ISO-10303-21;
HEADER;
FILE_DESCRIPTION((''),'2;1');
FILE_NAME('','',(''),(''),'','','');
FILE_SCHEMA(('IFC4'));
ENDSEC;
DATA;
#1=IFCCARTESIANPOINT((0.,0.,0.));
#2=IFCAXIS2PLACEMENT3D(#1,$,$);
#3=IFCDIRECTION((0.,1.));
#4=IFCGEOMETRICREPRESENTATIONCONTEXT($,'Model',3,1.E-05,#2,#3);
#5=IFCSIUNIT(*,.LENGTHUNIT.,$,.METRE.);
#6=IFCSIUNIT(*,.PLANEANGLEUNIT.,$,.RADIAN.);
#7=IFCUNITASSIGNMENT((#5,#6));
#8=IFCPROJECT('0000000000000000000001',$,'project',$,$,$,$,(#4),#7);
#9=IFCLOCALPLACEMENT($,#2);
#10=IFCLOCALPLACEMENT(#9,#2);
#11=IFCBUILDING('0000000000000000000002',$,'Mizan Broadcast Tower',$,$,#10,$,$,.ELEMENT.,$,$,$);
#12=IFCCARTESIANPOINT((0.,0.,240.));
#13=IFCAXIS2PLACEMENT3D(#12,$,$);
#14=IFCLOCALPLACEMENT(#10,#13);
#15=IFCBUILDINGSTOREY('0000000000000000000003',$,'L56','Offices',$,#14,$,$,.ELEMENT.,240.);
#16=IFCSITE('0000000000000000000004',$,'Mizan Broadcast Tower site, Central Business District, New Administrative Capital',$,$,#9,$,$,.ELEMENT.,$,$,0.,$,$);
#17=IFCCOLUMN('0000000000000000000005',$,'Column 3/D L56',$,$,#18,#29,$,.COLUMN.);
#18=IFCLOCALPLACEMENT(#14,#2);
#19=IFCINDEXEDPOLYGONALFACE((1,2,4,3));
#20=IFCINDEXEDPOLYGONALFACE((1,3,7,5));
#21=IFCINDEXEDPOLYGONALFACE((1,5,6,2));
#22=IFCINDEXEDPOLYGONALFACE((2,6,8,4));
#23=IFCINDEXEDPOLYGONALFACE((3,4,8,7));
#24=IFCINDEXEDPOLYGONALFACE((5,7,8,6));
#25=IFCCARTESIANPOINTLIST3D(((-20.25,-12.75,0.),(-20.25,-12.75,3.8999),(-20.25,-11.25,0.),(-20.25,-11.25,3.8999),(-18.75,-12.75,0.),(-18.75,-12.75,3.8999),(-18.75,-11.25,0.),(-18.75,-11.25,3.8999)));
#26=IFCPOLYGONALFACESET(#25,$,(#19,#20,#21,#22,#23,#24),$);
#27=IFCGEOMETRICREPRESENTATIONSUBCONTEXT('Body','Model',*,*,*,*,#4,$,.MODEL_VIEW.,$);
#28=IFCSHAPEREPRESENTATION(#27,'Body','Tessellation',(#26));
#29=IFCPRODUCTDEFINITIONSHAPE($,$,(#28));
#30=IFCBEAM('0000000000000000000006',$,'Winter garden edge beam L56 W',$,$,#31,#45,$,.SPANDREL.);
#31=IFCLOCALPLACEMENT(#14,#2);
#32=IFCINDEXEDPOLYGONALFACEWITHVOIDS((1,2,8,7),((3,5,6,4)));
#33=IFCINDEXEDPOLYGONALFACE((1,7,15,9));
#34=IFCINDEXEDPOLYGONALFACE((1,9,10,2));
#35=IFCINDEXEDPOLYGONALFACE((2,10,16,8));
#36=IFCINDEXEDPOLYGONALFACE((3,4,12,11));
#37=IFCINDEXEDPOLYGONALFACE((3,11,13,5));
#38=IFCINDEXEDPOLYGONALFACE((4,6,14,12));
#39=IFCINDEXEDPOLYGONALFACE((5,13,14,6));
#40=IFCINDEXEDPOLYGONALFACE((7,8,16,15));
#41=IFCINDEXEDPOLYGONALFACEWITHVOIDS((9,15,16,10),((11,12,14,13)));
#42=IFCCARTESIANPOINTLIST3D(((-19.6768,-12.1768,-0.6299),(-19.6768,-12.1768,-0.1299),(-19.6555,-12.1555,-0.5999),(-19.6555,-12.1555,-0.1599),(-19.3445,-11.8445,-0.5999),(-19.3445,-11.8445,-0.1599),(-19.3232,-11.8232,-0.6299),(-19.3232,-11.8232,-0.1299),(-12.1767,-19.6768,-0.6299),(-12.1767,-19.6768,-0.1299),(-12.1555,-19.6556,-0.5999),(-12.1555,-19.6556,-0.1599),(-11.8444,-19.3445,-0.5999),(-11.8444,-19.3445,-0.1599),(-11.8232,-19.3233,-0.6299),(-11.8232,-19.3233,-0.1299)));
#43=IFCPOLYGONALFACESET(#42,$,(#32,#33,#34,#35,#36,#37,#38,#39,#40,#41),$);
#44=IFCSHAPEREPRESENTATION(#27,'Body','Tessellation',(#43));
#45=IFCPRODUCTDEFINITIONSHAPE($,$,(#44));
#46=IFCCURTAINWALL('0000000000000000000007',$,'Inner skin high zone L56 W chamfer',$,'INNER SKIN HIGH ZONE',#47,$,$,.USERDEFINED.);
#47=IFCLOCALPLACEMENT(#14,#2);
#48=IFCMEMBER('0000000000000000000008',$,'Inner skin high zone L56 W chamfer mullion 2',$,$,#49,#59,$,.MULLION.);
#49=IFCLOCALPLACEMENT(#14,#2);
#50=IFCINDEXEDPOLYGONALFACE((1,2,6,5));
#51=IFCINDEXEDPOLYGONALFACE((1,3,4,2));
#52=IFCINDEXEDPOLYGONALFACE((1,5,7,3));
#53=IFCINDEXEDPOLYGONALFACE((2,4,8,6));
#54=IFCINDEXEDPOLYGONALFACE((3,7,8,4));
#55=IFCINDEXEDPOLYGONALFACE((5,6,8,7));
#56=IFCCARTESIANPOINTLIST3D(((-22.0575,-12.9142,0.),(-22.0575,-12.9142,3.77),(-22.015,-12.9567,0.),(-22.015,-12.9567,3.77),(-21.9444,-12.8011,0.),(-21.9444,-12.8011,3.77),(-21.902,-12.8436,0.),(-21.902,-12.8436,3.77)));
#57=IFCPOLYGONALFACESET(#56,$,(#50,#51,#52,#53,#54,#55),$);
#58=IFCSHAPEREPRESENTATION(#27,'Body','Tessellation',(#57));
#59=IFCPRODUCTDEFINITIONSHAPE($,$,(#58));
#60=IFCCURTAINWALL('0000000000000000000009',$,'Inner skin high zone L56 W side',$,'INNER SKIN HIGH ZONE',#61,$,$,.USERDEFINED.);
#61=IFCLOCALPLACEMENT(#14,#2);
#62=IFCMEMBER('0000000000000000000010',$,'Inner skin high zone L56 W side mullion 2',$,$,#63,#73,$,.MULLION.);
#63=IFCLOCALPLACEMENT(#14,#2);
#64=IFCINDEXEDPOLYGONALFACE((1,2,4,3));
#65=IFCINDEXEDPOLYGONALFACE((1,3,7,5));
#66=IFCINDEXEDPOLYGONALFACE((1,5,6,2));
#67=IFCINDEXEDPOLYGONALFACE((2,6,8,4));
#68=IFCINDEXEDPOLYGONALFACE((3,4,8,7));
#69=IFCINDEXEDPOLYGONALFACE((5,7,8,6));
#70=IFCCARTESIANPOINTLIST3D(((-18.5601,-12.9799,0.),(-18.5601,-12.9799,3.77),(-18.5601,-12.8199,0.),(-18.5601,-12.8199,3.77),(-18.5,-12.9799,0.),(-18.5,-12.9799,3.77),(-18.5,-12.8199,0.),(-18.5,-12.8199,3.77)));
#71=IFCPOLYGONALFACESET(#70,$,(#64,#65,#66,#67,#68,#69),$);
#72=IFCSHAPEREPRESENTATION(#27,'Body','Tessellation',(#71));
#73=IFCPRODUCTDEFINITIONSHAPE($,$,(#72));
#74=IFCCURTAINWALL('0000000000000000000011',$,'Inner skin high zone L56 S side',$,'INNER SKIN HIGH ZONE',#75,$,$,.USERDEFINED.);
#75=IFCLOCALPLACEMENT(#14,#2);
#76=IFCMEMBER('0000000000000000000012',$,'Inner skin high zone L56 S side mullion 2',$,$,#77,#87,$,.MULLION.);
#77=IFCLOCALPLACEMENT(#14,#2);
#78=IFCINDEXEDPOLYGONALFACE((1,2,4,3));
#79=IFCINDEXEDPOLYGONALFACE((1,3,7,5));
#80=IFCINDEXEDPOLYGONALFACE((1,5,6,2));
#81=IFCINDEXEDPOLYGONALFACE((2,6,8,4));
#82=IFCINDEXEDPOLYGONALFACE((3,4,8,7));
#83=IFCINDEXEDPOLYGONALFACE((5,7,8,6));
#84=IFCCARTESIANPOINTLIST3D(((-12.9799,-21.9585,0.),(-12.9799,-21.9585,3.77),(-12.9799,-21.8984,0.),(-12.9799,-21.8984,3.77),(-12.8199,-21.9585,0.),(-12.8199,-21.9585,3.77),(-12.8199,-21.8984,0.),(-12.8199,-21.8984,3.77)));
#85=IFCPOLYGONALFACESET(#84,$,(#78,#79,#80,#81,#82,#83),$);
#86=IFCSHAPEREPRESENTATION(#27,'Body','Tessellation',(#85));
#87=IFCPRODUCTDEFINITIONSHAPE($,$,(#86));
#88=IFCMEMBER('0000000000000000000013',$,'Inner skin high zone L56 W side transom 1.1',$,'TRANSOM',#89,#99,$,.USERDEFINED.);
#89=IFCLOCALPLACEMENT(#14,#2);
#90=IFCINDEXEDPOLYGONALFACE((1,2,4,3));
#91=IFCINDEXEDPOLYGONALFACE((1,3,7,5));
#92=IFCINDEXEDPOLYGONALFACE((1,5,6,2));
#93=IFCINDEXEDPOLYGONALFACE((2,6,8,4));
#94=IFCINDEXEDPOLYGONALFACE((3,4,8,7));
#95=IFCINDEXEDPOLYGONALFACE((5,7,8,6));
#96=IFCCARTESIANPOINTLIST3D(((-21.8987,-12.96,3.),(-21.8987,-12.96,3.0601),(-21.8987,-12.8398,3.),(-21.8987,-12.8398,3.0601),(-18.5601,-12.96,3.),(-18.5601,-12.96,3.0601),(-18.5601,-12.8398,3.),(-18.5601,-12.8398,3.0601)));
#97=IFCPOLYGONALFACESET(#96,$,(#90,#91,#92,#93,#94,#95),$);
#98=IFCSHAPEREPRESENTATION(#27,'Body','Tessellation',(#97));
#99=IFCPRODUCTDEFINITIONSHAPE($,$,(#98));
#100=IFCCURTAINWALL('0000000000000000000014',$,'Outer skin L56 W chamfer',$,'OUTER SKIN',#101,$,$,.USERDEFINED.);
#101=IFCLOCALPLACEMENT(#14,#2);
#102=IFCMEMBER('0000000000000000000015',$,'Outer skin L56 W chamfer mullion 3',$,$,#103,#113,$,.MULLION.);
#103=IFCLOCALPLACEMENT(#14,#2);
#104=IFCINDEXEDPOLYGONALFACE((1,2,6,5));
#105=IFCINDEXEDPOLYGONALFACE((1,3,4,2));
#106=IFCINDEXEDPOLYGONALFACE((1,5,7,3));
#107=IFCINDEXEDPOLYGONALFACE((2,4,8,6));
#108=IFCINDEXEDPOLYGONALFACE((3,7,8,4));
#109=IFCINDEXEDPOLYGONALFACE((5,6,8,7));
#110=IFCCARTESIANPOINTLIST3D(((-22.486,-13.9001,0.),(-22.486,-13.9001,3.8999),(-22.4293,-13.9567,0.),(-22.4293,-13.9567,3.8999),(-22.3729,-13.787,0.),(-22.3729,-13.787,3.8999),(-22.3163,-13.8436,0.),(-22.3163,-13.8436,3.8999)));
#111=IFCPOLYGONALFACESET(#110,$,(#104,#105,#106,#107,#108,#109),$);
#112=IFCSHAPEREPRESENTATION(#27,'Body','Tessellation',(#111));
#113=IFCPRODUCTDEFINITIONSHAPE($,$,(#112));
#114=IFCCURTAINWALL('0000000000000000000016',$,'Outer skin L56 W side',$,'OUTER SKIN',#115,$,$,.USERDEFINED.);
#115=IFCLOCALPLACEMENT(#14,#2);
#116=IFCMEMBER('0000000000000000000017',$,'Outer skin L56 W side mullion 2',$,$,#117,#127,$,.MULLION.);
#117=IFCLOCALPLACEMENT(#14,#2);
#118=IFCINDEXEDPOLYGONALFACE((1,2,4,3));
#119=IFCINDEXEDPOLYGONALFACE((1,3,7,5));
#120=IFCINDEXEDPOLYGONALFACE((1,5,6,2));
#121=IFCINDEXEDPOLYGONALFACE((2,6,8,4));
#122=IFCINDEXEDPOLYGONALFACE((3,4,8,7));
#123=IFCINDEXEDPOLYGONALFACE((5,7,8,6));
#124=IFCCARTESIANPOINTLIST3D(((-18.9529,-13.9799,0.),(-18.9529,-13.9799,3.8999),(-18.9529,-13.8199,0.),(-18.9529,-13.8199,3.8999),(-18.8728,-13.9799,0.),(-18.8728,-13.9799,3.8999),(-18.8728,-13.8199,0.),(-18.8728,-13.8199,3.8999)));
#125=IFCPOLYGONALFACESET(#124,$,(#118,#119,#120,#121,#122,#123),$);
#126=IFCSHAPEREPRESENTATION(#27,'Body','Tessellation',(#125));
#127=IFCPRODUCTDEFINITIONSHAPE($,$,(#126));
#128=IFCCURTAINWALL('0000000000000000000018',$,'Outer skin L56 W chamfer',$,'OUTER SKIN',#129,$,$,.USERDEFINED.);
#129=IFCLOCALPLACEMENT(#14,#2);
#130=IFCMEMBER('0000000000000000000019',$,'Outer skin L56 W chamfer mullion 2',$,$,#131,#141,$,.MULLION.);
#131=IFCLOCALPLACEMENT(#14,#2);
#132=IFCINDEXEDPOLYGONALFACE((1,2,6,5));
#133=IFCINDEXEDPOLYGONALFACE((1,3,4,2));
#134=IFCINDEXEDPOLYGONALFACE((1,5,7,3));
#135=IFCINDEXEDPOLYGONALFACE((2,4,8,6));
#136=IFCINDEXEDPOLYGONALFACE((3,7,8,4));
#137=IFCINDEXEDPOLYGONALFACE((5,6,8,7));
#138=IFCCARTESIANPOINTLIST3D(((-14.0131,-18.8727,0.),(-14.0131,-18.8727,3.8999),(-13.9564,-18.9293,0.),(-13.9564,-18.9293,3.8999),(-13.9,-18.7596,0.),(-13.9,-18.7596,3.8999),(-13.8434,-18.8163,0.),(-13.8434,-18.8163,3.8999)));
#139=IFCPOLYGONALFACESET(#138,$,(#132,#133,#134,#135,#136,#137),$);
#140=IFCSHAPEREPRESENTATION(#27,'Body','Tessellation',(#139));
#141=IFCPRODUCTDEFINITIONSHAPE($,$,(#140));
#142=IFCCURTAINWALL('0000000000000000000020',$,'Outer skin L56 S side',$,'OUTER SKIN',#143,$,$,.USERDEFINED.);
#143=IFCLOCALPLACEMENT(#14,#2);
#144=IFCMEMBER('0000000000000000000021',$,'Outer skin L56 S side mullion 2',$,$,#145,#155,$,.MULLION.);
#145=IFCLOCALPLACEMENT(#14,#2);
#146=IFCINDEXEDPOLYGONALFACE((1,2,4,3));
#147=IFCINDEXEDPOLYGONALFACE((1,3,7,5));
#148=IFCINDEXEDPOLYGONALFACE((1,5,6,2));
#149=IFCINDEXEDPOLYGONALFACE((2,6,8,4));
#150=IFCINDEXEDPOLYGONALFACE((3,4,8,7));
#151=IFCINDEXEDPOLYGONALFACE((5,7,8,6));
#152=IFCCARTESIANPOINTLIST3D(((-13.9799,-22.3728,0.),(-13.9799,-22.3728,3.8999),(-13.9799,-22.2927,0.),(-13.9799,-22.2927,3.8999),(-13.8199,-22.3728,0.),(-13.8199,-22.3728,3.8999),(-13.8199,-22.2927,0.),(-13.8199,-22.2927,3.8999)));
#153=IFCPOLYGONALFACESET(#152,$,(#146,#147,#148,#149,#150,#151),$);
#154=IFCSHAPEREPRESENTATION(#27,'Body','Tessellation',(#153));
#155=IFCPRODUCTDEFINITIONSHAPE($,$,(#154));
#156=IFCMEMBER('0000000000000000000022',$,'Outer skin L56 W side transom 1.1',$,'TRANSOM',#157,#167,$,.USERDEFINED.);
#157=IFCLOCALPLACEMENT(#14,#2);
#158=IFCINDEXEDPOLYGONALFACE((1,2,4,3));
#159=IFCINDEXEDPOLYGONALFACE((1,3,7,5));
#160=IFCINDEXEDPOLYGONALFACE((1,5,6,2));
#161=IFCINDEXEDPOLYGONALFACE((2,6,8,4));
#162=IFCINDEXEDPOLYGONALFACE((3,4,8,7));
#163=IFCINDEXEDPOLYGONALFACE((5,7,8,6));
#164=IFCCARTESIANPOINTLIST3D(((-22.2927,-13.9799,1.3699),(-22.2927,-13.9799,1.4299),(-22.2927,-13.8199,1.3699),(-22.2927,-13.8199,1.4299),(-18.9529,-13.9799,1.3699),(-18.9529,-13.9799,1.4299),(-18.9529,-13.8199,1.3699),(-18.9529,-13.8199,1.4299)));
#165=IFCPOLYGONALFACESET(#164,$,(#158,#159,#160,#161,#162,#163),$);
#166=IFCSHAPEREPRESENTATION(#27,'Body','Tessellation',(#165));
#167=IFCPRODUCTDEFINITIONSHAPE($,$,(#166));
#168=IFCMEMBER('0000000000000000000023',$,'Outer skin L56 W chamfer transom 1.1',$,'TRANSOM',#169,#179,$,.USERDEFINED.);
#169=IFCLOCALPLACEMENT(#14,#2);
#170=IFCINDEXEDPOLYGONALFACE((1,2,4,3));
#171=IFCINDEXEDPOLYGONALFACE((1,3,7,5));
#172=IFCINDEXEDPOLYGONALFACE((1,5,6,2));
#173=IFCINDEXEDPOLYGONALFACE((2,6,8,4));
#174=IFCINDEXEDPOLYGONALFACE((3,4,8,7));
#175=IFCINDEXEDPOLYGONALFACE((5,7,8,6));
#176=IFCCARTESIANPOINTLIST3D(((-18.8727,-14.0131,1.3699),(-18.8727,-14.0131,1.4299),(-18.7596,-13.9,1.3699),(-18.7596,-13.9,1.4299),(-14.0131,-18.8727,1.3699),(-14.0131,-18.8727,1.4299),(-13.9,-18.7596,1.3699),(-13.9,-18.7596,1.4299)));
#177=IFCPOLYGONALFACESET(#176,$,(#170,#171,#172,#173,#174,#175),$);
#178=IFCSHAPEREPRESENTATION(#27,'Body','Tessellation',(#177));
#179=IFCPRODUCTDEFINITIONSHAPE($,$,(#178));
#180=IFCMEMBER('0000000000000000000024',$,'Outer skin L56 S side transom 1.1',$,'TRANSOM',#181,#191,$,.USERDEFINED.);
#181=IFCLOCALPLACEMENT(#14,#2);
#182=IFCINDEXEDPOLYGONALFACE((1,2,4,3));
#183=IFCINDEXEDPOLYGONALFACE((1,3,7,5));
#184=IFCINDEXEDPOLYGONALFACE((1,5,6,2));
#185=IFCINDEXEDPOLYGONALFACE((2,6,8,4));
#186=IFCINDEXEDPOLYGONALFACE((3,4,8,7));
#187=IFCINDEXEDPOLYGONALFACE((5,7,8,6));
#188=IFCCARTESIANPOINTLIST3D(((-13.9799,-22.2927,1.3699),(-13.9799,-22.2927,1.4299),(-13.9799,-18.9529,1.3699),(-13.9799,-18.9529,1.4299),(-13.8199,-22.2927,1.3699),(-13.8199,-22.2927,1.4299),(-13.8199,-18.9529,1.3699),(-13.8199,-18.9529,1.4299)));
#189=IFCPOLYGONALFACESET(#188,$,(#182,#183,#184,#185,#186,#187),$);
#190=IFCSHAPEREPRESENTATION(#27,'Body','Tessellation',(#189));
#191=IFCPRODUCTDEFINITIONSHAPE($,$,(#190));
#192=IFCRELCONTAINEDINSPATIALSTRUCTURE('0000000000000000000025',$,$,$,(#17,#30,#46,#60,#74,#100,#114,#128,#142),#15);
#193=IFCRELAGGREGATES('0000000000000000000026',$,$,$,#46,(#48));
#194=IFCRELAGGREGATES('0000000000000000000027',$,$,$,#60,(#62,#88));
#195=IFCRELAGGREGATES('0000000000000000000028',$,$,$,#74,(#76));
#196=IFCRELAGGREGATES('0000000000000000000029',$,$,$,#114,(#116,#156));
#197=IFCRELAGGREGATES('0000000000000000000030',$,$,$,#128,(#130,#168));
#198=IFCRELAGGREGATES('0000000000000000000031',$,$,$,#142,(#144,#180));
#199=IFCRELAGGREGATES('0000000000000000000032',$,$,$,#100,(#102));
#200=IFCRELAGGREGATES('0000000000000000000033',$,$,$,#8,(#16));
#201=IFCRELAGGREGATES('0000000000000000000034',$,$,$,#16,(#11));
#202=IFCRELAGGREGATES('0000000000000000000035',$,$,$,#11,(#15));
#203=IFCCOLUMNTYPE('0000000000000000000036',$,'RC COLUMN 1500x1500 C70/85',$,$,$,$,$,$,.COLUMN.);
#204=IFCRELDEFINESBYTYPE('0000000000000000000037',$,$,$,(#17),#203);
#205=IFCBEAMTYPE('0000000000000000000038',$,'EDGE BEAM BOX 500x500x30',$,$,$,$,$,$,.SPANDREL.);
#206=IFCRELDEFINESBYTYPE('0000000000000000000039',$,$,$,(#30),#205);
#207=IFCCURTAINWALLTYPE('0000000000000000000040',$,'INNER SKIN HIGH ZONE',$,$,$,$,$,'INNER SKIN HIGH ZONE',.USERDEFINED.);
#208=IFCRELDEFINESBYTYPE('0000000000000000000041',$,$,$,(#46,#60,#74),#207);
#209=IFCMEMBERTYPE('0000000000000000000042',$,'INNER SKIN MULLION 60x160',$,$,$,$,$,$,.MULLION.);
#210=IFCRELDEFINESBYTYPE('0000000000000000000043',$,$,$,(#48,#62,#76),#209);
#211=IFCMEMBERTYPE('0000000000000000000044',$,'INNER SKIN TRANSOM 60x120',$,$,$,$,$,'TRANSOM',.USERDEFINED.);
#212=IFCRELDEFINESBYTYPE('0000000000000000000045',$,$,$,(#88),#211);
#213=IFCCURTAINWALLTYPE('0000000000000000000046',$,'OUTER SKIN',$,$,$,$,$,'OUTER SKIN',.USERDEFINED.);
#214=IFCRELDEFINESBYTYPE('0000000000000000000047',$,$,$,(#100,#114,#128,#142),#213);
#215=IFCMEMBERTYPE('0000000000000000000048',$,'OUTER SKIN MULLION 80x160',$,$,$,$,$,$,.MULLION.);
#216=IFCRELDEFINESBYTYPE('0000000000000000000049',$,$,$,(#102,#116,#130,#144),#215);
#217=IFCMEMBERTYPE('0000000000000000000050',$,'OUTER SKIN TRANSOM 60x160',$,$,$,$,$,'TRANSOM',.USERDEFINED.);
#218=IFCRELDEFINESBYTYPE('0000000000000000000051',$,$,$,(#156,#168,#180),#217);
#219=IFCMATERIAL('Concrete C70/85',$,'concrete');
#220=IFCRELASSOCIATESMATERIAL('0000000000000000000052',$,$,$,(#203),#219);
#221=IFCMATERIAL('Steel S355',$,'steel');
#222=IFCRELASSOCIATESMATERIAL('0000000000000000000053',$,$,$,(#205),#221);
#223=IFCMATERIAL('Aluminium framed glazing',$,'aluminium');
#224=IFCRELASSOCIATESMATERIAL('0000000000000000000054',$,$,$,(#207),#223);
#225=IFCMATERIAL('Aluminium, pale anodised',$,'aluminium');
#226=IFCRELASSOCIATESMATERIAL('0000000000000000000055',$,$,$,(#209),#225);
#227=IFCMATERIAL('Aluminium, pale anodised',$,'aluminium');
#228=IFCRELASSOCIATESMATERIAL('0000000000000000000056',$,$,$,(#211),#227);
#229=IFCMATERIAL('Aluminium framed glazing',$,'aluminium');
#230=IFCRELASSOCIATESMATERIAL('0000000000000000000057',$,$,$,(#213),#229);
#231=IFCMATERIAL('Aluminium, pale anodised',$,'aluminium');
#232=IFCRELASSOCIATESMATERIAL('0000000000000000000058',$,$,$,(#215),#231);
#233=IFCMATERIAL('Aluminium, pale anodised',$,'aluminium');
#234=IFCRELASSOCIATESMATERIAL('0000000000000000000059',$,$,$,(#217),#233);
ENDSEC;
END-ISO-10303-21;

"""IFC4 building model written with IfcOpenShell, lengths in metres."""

from ifc_helpers import new_model, si_unit, direction, frame, origin, origin_2d, place, context, subcontext, project, spatial, rectangle, hollow_rectangle, extrude, material, material_profile, profile_set, type_object, element, aggregate, save


model = new_model("IFC4")

# Units and contexts
model_context = context("Model", 3, precision=1e-05, world=origin(), true_north=direction((0.0, 1.0)))
body_context = subcontext(model_context, "Body", "Model", "MODEL_VIEW")
ifc_project = project(units=[si_unit("LENGTHUNIT", "METRE"), si_unit("PLANEANGLEUNIT", "RADIAN")], contexts=[model_context])

# Site, building, storey
site_placement = place(None, origin())
site = spatial("IfcSite", under=ifc_project, at=site_placement, Name="Mizan Broadcast Tower site, Central Business District, New Administrative Capital", CompositionType="ELEMENT", RefElevation=0.0)
building_placement = place(site_placement, origin())
building = spatial("IfcBuilding", under=site, at=building_placement, Name="Mizan Broadcast Tower", CompositionType="ELEMENT")
storey_placement = place(building_placement, frame((0.0, 0.0, 240.0)))
storey = spatial("IfcBuildingStorey", under=building, at=storey_placement, Name="L56", Description="Offices", CompositionType="ELEMENT", Elevation=240.0)

# Column
ifc_material_1 = material(Name="Concrete C70/85", Category="concrete")
ifc_material_profile_1 = material_profile(ifc_material_1, rectangle(XDim=1.5, YDim=1.5, at=origin_2d()), Name="RC 1500x1500")
ifc_profile_set_1 = profile_set([ifc_material_profile_1], Name="Concrete C70/85")
column_type = type_object("IfcColumnType", Name="RC COLUMN 1500x1500 C70/85", PredefinedType="COLUMN", material=ifc_profile_set_1)
column_placement = place(storey_placement, frame((-19.5, -12.0, 0.0), z_axis=(0.0, 0.0, 1.0), x_axis=(1.0, 0.0, 0.0)))
element("IfcColumn", 1, at=column_placement, inside=storey, type_object=column_type, Name="Column 3/D L56", PredefinedType="COLUMN", context=body_context, shape_type="SweptSolid", body=[
    extrude(rectangle(XDim=1.5, YDim=1.5, at=origin_2d()), origin(), (0.0, 0.0, 1.0), 3.8999),
])

# Beam
ifc_material_2 = material(Name="Steel S355", Category="steel")
ifc_material_profile_2 = material_profile(ifc_material_2, hollow_rectangle(XDim=0.5, YDim=0.5, WallThickness=0.03, at=origin_2d()), Name="BOX 500x500x30")
ifc_profile_set_2 = profile_set([ifc_material_profile_2], Name="Steel S355")
beam_type = type_object("IfcBeamType", Name="EDGE BEAM BOX 500x500x30", PredefinedType="SPANDREL", material=ifc_profile_set_2)
beam_placement = place(storey_placement, frame((-19.5, -12.0, -0.3799), z_axis=(0.707107, -0.707107, 0.0), x_axis=(0.707107, 0.707107, 0.0)))
element("IfcBeam", 2, at=beam_placement, inside=storey, type_object=beam_type, Name="Winter garden edge beam L56 W", PredefinedType="SPANDREL", context=body_context, shape_type="SweptSolid", body=[
    extrude(hollow_rectangle(XDim=0.5, YDim=0.5, WallThickness=0.03, at=origin_2d()), origin(), (0.0, 0.0, 1.0), 10.6067),
])

# Curtain walls, members
ifc_material_3 = material(Name="Aluminium framed glazing", Category="aluminium")
curtain_wall_type_1 = type_object("IfcCurtainWallType", Name="INNER SKIN HIGH ZONE", ElementType="INNER SKIN HIGH ZONE", PredefinedType="USERDEFINED", material=ifc_material_3)
curtain_wall_1_placement = place(storey_placement, origin())
curtain_wall_1 = element("IfcCurtainWall", 3, at=curtain_wall_1_placement, inside=storey, type_object=curtain_wall_type_1, Name="Inner skin high zone L56 W chamfer", ObjectType="INNER SKIN HIGH ZONE", PredefinedType="USERDEFINED")
ifc_material_4 = material(Name="Aluminium, pale anodised", Category="aluminium")
ifc_material_profile_3 = material_profile(ifc_material_4, rectangle(XDim=0.1599, YDim=0.0601, at=origin_2d()), Name="MULLION 160x60")
ifc_profile_set_3 = profile_set([ifc_material_profile_3], Name="Aluminium, pale anodised")
member_type_1 = type_object("IfcMemberType", Name="INNER SKIN MULLION 60x160", PredefinedType="MULLION", material=ifc_profile_set_3)
member_1_placement = place(storey_placement, frame((-21.9797, -12.8789, 0.0), z_axis=(0.0, 0.0, 1.0), x_axis=(0.707107, 0.707107, 0.0)))
member_1 = element("IfcMember", 4, at=member_1_placement, type_object=member_type_1, Name="Inner skin high zone L56 W chamfer mullion 2", PredefinedType="MULLION", context=body_context, shape_type="SweptSolid", body=[
    extrude(rectangle(XDim=0.1599, YDim=0.0601, at=origin_2d()), origin(), (0.0, 0.0, 1.0), 3.77),
])
aggregate(curtain_wall_1, [member_1])
curtain_wall_2_placement = place(storey_placement, origin())
curtain_wall_2 = element("IfcCurtainWall", 5, at=curtain_wall_2_placement, inside=storey, type_object=curtain_wall_type_1, Name="Inner skin high zone L56 W side", ObjectType="INNER SKIN HIGH ZONE", PredefinedType="USERDEFINED")
member_2_placement = place(storey_placement, frame((-18.53, -12.8999, 0.0), z_axis=(0.0, 0.0, 1.0), x_axis=(0.0, 1.0, 0.0)))
member_2 = element("IfcMember", 6, at=member_2_placement, type_object=member_type_1, Name="Inner skin high zone L56 W side mullion 2", PredefinedType="MULLION", context=body_context, shape_type="SweptSolid", body=[
    extrude(rectangle(XDim=0.1599, YDim=0.0601, at=origin_2d()), origin(), (0.0, 0.0, 1.0), 3.77),
])
curtain_wall_3_placement = place(storey_placement, origin())
curtain_wall_3 = element("IfcCurtainWall", 7, at=curtain_wall_3_placement, inside=storey, type_object=curtain_wall_type_1, Name="Inner skin high zone L56 S side", ObjectType="INNER SKIN HIGH ZONE", PredefinedType="USERDEFINED")
member_3_placement = place(storey_placement, frame((-12.8999, -21.9285, 0.0), z_axis=(0.0, 0.0, 1.0), x_axis=(1.0, 0.0, 0.0)))
member_3 = element("IfcMember", 8, at=member_3_placement, type_object=member_type_1, Name="Inner skin high zone L56 S side mullion 2", PredefinedType="MULLION", context=body_context, shape_type="SweptSolid", body=[
    extrude(rectangle(XDim=0.1599, YDim=0.0601, at=origin_2d()), origin(), (0.0, 0.0, 1.0), 3.77),
])

# Member
ifc_material_5 = material(Name="Aluminium, pale anodised", Category="aluminium")
ifc_material_profile_4 = material_profile(ifc_material_5, rectangle(XDim=0.1201, YDim=0.0601, at=origin_2d()), Name="TRANSOM 120x60")
ifc_profile_set_4 = profile_set([ifc_material_profile_4], Name="Aluminium, pale anodised")
member_type_2 = type_object("IfcMemberType", Name="INNER SKIN TRANSOM 60x120", ElementType="TRANSOM", PredefinedType="USERDEFINED", material=ifc_profile_set_4)
member_4_placement = place(storey_placement, frame((-21.8987, -12.8999, 3.03), z_axis=(1.0, 0.0, 0.0), x_axis=(0.0, 1.0, 0.0)))
member_4 = element("IfcMember", 9, at=member_4_placement, type_object=member_type_2, Name="Inner skin high zone L56 W side transom 1.1", ObjectType="TRANSOM", PredefinedType="USERDEFINED", context=body_context, shape_type="SweptSolid", body=[
    extrude(rectangle(XDim=0.1201, YDim=0.0601, at=origin_2d()), origin(), (0.0, 0.0, 1.0), 3.3386),
])

# Curtain walls, members
ifc_material_6 = material(Name="Aluminium framed glazing", Category="aluminium")
curtain_wall_type_2 = type_object("IfcCurtainWallType", Name="OUTER SKIN", ElementType="OUTER SKIN", PredefinedType="USERDEFINED", material=ifc_material_6)
curtain_wall_4_placement = place(storey_placement, origin())
curtain_wall_4 = element("IfcCurtainWall", 10, at=curtain_wall_4_placement, inside=storey, type_object=curtain_wall_type_2, Name="Outer skin L56 W chamfer", ObjectType="OUTER SKIN", PredefinedType="USERDEFINED")
ifc_material_7 = material(Name="Aluminium, pale anodised", Category="aluminium")
ifc_material_profile_5 = material_profile(ifc_material_7, rectangle(XDim=0.1599, YDim=0.0801, at=origin_2d()), Name="MULLION 160x80")
ifc_profile_set_5 = profile_set([ifc_material_profile_5], Name="Aluminium, pale anodised")
member_type_3 = type_object("IfcMemberType", Name="OUTER SKIN MULLION 80x160", PredefinedType="MULLION", material=ifc_profile_set_5)
member_5_placement = place(storey_placement, frame((-22.4011, -13.8718, 0.0), z_axis=(0.0, 0.0, 1.0), x_axis=(0.707107, 0.707107, 0.0)))
member_5 = element("IfcMember", 11, at=member_5_placement, type_object=member_type_3, Name="Outer skin L56 W chamfer mullion 3", PredefinedType="MULLION", context=body_context, shape_type="SweptSolid", body=[
    extrude(rectangle(XDim=0.1599, YDim=0.0801, at=origin_2d()), origin(), (0.0, 0.0, 1.0), 3.8999),
])
curtain_wall_5_placement = place(storey_placement, origin())
curtain_wall_5 = element("IfcCurtainWall", 12, at=curtain_wall_5_placement, inside=storey, type_object=curtain_wall_type_2, Name="Outer skin L56 W side", ObjectType="OUTER SKIN", PredefinedType="USERDEFINED")
member_6_placement = place(storey_placement, frame((-18.9128, -13.8999, 0.0), z_axis=(0.0, 0.0, 1.0), x_axis=(0.0, 1.0, 0.0)))
member_6 = element("IfcMember", 13, at=member_6_placement, type_object=member_type_3, Name="Outer skin L56 W side mullion 2", PredefinedType="MULLION", context=body_context, shape_type="SweptSolid", body=[
    extrude(rectangle(XDim=0.1599, YDim=0.0801, at=origin_2d()), origin(), (0.0, 0.0, 1.0), 3.8999),
])
curtain_wall_6_placement = place(storey_placement, origin())
curtain_wall_6 = element("IfcCurtainWall", 14, at=curtain_wall_6_placement, inside=storey, type_object=curtain_wall_type_2, Name="Outer skin L56 W chamfer", ObjectType="OUTER SKIN", PredefinedType="USERDEFINED")
member_7_placement = place(storey_placement, frame((-13.9282, -18.8445, 0.0), z_axis=(0.0, 0.0, 1.0), x_axis=(0.707107, 0.707107, 0.0)))
member_7 = element("IfcMember", 15, at=member_7_placement, type_object=member_type_3, Name="Outer skin L56 W chamfer mullion 2", PredefinedType="MULLION", context=body_context, shape_type="SweptSolid", body=[
    extrude(rectangle(XDim=0.1599, YDim=0.0801, at=origin_2d()), origin(), (0.0, 0.0, 1.0), 3.8999),
])
curtain_wall_7_placement = place(storey_placement, origin())
curtain_wall_7 = element("IfcCurtainWall", 16, at=curtain_wall_7_placement, inside=storey, type_object=curtain_wall_type_2, Name="Outer skin L56 S side", ObjectType="OUTER SKIN", PredefinedType="USERDEFINED")
member_8_placement = place(storey_placement, frame((-13.8999, -22.3328, 0.0), z_axis=(0.0, 0.0, 1.0), x_axis=(1.0, 0.0, 0.0)))
member_8 = element("IfcMember", 17, at=member_8_placement, type_object=member_type_3, Name="Outer skin L56 S side mullion 2", PredefinedType="MULLION", context=body_context, shape_type="SweptSolid", body=[
    extrude(rectangle(XDim=0.1599, YDim=0.0801, at=origin_2d()), origin(), (0.0, 0.0, 1.0), 3.8999),
])

# Members
ifc_material_8 = material(Name="Aluminium, pale anodised", Category="aluminium")
ifc_material_profile_6 = material_profile(ifc_material_8, rectangle(XDim=0.1599, YDim=0.0601, at=origin_2d()), Name="TRANSOM 160x60")
ifc_profile_set_6 = profile_set([ifc_material_profile_6], Name="Aluminium, pale anodised")
member_type_4 = type_object("IfcMemberType", Name="OUTER SKIN TRANSOM 60x160", ElementType="TRANSOM", PredefinedType="USERDEFINED", material=ifc_profile_set_6)
member_9_placement = place(storey_placement, frame((-22.2927, -13.8999, 1.3999), z_axis=(1.0, 0.0, 0.0), x_axis=(0.0, 1.0, 0.0)))
member_9 = element("IfcMember", 18, at=member_9_placement, type_object=member_type_4, Name="Outer skin L56 W side transom 1.1", ObjectType="TRANSOM", PredefinedType="USERDEFINED", context=body_context, shape_type="SweptSolid", body=[
    extrude(rectangle(XDim=0.1599, YDim=0.0601, at=origin_2d()), origin(), (0.0, 0.0, 1.0), 3.3398),
])
member_10_placement = place(storey_placement, frame((-18.8162, -13.9565, 1.3999), z_axis=(0.707107, -0.707107, 0.0), x_axis=(0.707107, 0.707107, 0.0)))
member_10 = element("IfcMember", 19, at=member_10_placement, type_object=member_type_4, Name="Outer skin L56 W chamfer transom 1.1", ObjectType="TRANSOM", PredefinedType="USERDEFINED", context=body_context, shape_type="SweptSolid", body=[
    extrude(rectangle(XDim=0.1599, YDim=0.0601, at=origin_2d()), origin(), (0.0, 0.0, 1.0), 6.8726),
])
member_11_placement = place(storey_placement, frame((-13.8999, -18.9529, 1.3999), z_axis=(0.0, -1.0, 0.0), x_axis=(1.0, 0.0, 0.0)))
member_11 = element("IfcMember", 20, at=member_11_placement, type_object=member_type_4, Name="Outer skin L56 S side transom 1.1", ObjectType="TRANSOM", PredefinedType="USERDEFINED", context=body_context, shape_type="SweptSolid", body=[
    extrude(rectangle(XDim=0.1599, YDim=0.0601, at=origin_2d()), origin(), (0.0, 0.0, 1.0), 3.3398),
])

aggregate(curtain_wall_2, [member_2, member_4])
aggregate(curtain_wall_3, [member_3])
aggregate(curtain_wall_5, [member_6, member_9])
aggregate(curtain_wall_6, [member_7, member_10])
aggregate(curtain_wall_7, [member_8, member_11])
aggregate(curtain_wall_4, [member_5])

save(model, "model.ifc")
